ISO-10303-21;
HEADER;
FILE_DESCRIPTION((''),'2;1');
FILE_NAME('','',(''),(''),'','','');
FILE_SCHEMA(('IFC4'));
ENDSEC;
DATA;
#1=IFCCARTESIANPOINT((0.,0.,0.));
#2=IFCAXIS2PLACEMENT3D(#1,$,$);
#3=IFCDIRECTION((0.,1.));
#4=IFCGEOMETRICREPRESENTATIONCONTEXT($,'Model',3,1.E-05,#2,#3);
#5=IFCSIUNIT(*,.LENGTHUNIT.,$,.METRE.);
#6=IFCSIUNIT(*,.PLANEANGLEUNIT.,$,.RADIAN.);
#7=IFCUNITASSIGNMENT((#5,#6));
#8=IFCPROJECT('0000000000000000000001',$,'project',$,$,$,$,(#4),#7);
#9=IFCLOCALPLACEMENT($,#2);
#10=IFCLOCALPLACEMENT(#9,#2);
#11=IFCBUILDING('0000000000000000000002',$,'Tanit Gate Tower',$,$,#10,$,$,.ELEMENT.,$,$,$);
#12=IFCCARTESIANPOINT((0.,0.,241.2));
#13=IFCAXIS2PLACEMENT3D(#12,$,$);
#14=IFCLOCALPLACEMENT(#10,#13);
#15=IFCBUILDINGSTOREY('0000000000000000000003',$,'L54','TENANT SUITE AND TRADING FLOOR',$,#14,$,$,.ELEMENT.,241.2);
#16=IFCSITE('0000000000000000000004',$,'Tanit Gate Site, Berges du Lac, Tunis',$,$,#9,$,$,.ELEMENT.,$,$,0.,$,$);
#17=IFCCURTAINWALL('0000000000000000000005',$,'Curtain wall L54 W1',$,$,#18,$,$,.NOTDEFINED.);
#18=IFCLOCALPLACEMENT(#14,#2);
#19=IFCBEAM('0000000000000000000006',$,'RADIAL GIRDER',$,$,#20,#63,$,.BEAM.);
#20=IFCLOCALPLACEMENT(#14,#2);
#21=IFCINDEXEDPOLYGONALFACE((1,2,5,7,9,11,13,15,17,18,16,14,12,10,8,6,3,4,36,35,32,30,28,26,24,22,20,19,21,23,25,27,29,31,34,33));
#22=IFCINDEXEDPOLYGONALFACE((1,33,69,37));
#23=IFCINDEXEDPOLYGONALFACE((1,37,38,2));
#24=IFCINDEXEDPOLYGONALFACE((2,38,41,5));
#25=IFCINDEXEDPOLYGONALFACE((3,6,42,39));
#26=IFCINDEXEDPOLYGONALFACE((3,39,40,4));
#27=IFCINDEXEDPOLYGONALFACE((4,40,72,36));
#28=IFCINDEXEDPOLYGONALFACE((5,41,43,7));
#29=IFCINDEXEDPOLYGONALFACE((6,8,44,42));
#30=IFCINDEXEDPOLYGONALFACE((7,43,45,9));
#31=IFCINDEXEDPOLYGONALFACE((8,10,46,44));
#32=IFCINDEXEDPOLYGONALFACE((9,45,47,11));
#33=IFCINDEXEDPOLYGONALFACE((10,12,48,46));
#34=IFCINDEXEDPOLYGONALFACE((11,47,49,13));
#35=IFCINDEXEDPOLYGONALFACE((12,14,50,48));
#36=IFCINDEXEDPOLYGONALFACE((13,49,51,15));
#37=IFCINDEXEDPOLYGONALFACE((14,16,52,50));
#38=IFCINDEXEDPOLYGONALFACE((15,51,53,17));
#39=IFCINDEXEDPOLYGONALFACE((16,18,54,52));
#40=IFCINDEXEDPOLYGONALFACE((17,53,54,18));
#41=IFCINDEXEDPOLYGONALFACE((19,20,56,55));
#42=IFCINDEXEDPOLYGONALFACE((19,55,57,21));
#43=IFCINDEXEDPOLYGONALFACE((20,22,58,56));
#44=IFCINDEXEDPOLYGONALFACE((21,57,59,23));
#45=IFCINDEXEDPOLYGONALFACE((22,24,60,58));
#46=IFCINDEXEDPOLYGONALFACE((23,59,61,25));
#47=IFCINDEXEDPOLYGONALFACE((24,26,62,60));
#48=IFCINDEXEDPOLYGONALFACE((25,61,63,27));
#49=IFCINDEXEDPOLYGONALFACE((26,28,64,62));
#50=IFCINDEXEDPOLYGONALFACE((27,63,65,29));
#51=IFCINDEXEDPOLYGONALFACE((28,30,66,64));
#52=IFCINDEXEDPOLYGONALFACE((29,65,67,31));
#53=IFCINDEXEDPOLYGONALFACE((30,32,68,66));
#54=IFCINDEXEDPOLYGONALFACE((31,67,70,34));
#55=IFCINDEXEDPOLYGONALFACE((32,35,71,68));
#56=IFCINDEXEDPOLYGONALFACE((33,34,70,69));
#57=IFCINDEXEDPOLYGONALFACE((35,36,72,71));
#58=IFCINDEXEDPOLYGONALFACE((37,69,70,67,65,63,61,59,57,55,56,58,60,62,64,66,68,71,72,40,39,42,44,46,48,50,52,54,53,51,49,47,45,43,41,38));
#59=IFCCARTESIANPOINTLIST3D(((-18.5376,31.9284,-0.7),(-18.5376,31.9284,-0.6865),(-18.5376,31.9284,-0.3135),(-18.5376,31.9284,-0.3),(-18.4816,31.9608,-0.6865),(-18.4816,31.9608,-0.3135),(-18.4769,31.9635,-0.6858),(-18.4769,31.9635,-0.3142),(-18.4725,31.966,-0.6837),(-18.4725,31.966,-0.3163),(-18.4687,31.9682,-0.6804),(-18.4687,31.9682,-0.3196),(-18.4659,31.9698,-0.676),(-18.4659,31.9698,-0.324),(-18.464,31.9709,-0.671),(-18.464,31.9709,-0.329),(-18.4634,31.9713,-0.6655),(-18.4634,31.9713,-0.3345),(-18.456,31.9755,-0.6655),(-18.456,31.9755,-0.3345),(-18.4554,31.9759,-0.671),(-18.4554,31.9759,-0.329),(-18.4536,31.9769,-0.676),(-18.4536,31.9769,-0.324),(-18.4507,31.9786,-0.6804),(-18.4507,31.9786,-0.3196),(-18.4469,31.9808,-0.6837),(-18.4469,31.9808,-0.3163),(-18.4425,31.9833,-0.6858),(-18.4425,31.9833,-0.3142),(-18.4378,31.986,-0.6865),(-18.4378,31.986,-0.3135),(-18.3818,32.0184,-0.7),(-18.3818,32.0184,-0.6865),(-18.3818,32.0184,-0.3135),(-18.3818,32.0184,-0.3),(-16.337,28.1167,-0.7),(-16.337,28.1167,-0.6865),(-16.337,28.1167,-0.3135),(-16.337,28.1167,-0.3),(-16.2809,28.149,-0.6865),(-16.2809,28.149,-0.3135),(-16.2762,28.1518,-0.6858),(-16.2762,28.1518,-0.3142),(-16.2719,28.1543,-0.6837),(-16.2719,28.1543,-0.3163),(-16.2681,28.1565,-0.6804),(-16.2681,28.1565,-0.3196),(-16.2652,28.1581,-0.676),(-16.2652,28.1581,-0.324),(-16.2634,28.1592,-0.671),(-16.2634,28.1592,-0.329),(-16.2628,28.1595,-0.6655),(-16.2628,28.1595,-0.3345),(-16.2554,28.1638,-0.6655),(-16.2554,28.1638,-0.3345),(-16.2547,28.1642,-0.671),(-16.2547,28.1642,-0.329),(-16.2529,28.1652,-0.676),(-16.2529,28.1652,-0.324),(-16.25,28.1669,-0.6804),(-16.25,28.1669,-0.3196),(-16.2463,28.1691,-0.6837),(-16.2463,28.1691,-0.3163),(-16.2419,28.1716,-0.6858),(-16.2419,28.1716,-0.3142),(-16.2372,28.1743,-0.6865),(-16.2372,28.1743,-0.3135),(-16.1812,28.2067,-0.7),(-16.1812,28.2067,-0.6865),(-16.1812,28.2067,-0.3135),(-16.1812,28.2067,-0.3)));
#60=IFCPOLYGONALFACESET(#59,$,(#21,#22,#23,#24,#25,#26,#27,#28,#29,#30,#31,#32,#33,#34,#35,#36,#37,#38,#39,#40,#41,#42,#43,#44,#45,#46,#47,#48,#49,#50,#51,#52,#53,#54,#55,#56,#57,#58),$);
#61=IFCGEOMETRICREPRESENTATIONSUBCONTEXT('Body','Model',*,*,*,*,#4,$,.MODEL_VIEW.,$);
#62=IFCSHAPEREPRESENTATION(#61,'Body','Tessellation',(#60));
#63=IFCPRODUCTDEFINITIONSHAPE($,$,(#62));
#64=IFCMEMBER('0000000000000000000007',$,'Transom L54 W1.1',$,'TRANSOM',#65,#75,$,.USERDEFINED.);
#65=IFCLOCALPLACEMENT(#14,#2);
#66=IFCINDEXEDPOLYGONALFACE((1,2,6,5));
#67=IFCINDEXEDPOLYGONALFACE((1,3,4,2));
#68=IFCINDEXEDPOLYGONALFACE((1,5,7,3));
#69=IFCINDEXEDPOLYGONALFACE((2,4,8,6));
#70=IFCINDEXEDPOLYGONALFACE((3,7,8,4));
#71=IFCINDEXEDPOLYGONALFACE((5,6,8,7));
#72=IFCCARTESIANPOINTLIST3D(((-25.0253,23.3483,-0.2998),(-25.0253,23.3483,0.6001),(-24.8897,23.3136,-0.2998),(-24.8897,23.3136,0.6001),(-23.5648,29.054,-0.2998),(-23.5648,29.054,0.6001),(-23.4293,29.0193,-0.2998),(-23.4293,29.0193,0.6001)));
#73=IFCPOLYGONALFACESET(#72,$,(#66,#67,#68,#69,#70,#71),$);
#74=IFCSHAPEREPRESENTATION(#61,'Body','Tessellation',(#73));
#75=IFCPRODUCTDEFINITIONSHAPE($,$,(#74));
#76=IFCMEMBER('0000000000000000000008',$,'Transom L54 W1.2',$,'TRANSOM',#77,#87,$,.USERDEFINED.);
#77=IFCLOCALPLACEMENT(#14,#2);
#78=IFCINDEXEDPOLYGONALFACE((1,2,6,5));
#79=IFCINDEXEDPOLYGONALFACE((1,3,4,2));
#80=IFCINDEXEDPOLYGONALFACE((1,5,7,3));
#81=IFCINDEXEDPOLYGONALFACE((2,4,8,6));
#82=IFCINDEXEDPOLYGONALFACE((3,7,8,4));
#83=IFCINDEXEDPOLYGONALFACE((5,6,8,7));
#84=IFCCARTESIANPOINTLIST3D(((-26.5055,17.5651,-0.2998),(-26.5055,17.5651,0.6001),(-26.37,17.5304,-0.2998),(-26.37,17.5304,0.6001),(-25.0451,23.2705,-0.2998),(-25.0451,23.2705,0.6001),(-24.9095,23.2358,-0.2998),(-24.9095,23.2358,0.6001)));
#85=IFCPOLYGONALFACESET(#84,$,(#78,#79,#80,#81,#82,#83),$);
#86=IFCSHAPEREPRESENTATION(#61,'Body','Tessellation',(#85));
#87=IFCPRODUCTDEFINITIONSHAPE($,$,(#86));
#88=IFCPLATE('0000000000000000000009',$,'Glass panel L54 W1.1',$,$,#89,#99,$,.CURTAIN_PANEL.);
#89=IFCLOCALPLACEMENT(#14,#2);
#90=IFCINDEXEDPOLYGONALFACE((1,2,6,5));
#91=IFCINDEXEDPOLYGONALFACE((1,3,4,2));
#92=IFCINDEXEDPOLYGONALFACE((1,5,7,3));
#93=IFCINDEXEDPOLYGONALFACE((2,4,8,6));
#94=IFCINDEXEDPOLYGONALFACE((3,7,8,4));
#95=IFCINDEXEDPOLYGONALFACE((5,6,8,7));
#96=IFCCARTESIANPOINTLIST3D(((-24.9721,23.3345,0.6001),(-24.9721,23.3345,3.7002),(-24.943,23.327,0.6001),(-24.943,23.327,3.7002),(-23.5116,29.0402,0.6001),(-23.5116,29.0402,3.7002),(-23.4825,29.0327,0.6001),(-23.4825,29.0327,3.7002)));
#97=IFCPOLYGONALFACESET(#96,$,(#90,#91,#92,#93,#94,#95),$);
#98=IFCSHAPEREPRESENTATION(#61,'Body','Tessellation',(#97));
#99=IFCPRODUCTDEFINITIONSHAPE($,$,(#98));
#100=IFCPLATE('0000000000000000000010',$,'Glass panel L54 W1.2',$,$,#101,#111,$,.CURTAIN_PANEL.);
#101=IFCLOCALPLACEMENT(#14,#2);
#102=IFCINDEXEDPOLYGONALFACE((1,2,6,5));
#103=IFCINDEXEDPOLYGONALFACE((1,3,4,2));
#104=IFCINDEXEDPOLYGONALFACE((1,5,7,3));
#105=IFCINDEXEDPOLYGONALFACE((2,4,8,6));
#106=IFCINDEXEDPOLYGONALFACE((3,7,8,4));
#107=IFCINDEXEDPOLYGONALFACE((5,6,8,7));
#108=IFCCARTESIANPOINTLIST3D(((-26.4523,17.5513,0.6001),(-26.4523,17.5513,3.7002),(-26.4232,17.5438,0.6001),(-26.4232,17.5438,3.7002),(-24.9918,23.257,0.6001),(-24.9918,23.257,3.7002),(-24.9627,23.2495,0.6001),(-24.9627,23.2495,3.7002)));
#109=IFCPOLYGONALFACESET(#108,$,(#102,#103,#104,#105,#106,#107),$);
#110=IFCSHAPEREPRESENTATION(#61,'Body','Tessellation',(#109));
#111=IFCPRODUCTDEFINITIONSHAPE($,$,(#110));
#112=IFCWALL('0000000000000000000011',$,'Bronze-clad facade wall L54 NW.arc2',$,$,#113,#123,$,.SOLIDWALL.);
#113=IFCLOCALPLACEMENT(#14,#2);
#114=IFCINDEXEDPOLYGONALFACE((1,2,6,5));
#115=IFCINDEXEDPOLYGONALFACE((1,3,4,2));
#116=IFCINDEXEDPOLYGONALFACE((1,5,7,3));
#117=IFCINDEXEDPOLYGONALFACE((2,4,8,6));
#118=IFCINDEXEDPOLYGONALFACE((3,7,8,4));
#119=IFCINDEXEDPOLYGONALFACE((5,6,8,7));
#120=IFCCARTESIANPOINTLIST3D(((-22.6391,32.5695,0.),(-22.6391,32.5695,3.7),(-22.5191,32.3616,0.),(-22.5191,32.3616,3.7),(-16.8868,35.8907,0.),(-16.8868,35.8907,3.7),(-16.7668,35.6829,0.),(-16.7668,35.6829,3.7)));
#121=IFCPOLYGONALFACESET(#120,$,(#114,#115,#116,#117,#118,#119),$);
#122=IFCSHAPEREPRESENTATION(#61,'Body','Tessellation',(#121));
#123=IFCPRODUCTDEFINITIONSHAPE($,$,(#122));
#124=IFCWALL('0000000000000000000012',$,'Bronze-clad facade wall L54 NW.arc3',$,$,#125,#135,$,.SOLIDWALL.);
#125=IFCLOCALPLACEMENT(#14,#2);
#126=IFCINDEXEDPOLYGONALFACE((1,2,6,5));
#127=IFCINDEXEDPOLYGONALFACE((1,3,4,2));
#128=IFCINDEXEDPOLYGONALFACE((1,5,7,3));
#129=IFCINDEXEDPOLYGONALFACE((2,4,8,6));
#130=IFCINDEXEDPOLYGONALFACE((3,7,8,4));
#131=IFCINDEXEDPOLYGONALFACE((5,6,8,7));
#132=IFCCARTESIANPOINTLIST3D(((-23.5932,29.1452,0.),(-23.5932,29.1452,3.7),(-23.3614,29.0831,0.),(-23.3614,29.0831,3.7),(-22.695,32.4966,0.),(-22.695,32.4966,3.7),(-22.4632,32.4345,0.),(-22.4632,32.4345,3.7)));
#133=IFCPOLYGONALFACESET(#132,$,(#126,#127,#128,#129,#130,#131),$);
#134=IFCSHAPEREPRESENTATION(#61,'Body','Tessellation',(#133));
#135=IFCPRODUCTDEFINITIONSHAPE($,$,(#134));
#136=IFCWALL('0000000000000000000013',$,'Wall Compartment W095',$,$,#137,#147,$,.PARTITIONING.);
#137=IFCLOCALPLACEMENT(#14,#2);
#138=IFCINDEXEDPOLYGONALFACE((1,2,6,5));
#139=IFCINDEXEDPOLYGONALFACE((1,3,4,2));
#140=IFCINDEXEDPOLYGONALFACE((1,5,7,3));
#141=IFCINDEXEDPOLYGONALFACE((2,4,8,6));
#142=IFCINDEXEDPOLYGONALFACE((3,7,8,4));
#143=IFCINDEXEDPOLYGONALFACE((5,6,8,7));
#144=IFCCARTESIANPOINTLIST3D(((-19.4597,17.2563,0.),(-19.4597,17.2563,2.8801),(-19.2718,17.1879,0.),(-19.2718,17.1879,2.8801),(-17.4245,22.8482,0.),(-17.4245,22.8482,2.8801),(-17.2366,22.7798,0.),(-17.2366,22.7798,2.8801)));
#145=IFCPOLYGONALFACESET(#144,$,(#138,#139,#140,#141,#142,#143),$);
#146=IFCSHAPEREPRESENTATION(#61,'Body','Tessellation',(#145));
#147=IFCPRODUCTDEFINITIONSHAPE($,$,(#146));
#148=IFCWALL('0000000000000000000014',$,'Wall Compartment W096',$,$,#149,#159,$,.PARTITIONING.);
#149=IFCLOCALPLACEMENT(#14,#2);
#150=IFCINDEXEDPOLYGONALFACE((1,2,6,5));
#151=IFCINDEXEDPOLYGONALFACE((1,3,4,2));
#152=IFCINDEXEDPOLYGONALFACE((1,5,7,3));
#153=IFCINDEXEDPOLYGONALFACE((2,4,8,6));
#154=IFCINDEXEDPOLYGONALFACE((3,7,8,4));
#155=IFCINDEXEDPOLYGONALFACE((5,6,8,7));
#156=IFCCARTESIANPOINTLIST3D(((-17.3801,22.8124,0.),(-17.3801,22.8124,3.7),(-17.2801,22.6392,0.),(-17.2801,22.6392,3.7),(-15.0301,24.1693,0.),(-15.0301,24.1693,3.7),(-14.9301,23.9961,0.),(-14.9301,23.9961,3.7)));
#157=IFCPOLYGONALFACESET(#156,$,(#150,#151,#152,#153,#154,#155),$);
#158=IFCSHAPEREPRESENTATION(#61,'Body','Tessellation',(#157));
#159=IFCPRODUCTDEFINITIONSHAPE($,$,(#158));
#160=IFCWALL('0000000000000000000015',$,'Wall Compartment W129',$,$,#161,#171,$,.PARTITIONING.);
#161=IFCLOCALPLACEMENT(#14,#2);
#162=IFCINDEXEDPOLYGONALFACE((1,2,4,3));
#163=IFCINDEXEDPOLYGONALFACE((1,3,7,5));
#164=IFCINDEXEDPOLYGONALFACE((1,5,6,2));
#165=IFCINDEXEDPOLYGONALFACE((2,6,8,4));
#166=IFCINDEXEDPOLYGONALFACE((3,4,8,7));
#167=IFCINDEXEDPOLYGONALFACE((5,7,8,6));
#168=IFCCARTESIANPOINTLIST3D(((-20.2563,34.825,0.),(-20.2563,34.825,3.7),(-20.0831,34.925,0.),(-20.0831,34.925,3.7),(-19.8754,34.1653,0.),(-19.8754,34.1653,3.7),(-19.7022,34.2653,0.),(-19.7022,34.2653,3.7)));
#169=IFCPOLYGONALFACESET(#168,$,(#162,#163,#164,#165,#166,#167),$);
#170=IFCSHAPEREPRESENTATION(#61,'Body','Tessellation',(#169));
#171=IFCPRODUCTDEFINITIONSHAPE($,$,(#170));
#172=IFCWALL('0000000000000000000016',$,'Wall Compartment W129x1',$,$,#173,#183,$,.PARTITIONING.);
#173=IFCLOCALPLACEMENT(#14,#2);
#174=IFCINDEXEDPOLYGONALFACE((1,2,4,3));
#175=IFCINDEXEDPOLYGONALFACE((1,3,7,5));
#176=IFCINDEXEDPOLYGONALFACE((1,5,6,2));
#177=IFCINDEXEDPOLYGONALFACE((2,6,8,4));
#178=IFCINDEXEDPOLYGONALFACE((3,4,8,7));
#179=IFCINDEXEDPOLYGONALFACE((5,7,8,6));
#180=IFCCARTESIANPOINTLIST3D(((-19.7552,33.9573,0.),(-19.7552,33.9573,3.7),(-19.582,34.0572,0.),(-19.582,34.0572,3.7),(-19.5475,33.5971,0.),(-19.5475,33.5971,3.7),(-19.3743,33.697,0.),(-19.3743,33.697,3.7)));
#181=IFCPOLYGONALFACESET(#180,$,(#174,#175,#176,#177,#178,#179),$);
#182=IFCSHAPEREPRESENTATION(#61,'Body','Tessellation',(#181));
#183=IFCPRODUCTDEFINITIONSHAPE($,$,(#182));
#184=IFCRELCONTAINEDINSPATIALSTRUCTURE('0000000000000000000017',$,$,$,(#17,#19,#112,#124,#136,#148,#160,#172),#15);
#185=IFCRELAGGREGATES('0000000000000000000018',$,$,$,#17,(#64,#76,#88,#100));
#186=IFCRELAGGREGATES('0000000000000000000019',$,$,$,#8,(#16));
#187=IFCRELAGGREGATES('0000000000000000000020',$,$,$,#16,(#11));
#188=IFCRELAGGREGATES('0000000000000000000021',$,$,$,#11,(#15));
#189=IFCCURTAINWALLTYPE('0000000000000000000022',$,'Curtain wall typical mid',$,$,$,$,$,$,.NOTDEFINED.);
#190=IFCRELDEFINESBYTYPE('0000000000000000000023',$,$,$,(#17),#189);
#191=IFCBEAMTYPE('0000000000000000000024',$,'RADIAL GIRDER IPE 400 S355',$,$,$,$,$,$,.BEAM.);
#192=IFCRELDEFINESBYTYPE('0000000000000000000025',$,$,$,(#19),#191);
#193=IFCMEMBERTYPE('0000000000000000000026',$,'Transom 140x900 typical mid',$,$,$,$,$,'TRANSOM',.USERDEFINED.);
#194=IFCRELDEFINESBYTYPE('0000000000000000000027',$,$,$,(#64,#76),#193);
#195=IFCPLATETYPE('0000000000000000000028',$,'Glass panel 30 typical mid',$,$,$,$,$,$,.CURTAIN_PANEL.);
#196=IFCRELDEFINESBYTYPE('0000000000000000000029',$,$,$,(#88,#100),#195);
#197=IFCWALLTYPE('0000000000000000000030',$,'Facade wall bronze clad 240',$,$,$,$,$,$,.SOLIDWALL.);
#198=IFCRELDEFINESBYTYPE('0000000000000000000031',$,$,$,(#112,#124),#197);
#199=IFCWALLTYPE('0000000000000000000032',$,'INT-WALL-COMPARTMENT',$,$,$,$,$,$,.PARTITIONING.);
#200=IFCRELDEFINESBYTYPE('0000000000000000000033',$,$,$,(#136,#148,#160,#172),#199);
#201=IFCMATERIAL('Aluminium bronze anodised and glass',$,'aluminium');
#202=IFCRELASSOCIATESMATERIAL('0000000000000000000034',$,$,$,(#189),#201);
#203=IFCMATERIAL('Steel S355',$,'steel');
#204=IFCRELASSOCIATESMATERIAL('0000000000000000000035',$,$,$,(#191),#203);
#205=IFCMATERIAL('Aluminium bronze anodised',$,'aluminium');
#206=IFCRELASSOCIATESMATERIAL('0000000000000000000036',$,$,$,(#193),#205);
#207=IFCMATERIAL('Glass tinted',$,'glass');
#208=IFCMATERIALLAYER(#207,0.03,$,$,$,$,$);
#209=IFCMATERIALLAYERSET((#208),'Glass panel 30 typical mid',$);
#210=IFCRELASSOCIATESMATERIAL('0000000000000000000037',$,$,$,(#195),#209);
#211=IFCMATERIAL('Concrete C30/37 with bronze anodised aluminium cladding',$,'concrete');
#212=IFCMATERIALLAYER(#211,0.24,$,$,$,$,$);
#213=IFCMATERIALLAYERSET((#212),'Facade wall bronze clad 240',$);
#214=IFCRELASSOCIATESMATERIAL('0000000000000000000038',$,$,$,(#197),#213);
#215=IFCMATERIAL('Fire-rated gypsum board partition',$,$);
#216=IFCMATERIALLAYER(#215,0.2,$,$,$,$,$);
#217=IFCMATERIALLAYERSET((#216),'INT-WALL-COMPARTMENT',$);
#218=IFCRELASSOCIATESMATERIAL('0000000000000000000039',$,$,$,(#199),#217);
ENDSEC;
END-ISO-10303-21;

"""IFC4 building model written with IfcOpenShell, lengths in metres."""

from ifc_helpers import new_model, si_unit, direction, frame, frame_2d, origin, origin_2d, place, context, subcontext, project, spatial, rectangle, i_section, extrude, material, layer, layer_set, material_profile, profile_set, type_object, element, aggregate, save


model = new_model("IFC4")

# Units and contexts
model_context = context("Model", 3, precision=1e-05, world=origin(), true_north=direction((0.0, 1.0)))
body_context = subcontext(model_context, "Body", "Model", "MODEL_VIEW")
ifc_project = project(units=[si_unit("LENGTHUNIT", "METRE"), si_unit("PLANEANGLEUNIT", "RADIAN")], contexts=[model_context])

# Site, building, storey
site_placement = place(None, origin())
site = spatial("IfcSite", under=ifc_project, at=site_placement, Name="Tanit Gate Site, Berges du Lac, Tunis", CompositionType="ELEMENT", RefElevation=0.0)
building_placement = place(site_placement, origin())
building = spatial("IfcBuilding", under=site, at=building_placement, Name="Tanit Gate Tower", CompositionType="ELEMENT")
storey_placement = place(building_placement, frame((0.0, 0.0, 241.2)))
storey = spatial("IfcBuildingStorey", under=building, at=storey_placement, Name="L54", Description="TENANT SUITE AND TRADING FLOOR", CompositionType="ELEMENT", Elevation=241.2)

# Curtain wall
ifc_material_1 = material(Name="Aluminium bronze anodised and glass", Category="aluminium")
curtain_wall_type = type_object("IfcCurtainWallType", Name="Curtain wall typical mid", PredefinedType="NOTDEFINED", material=ifc_material_1)
curtain_wall_placement = place(storey_placement, origin())
curtain_wall = element("IfcCurtainWall", 1, at=curtain_wall_placement, inside=storey, type_object=curtain_wall_type, Name="Curtain wall L54 W1", PredefinedType="NOTDEFINED")

# Beam
ifc_material_2 = material(Name="Steel S355", Category="steel")
ifc_material_profile_1 = material_profile(ifc_material_2, i_section(OverallWidth=0.1799, OverallDepth=0.3999, WebThickness=0.0085, FlangeThickness=0.0134, FilletRadius=0.021, at=origin_2d()), Name="IPE 400")
ifc_profile_set_1 = profile_set([ifc_material_profile_1], Name="Steel S355")
beam_type_1 = type_object("IfcBeamType", Name="RADIAL GIRDER IPE 400 S355", PredefinedType="BEAM", material=ifc_profile_set_1)
beam_1_placement = place(storey_placement, frame((-18.4597, 31.9734, -0.5), z_axis=(0.499993, -0.866029, 0.0), x_axis=(0.866029, 0.499993, 0.0)))
element("IfcBeam", 2, at=beam_1_placement, inside=storey, type_object=beam_type_1, Name="RADIAL GIRDER", PredefinedType="BEAM", context=body_context, shape_type="SweptSolid", body=[
    extrude(i_section(OverallWidth=0.1799, OverallDepth=0.3999, WebThickness=0.0085, FlangeThickness=0.0134, FilletRadius=0.021, at=origin_2d()), origin(), (0.0, 0.0, 1.0), 4.4014),
])

# Members
ifc_material_3 = material(Name="Aluminium bronze anodised", Category="aluminium")
ifc_material_profile_2 = material_profile(ifc_material_3, rectangle(XDim=0.1399, YDim=0.8999, at=origin_2d()), Name="140x900 bronze transom")
ifc_profile_set_2 = profile_set([ifc_material_profile_2], Name="Aluminium bronze anodised")
member_type_1 = type_object("IfcMemberType", Name="Transom 140x900 typical mid", ElementType="TRANSOM", PredefinedType="USERDEFINED", material=ifc_profile_set_2)
member_1_placement = place(storey_placement, frame((-23.4971, 29.0366, 0.1501), z_axis=(-0.247964, -0.968769, 0.0), x_axis=(0.968769, -0.247964, 0.0)))
member_1 = element("IfcMember", 3, at=member_1_placement, type_object=member_type_1, Name="Transom L54 W1.1", ObjectType="TRANSOM", PredefinedType="USERDEFINED", context=body_context, shape_type="SweptSolid", body=[
    extrude(rectangle(XDim=0.1399, YDim=0.8999, at=origin_2d()), origin(), (0.0, 0.0, 1.0), 5.8896),
])
member_2_placement = place(storey_placement, frame((-24.9773, 23.2532, 0.1501), z_axis=(-0.247974, -0.968767, 0.0), x_axis=(0.968767, -0.247974, 0.0)))
member_2 = element("IfcMember", 4, at=member_2_placement, type_object=member_type_1, Name="Transom L54 W1.2", ObjectType="TRANSOM", PredefinedType="USERDEFINED", context=body_context, shape_type="SweptSolid", body=[
    extrude(rectangle(XDim=0.1399, YDim=0.8999, at=origin_2d()), origin(), (0.0, 0.0, 1.0), 5.8894),
])

# Plates
ifc_material_4 = material(Name="Glass tinted", Category="glass")
ifc_layer_1 = layer(ifc_material_4, 0.03)
ifc_layer_set_1 = layer_set([ifc_layer_1], Name="Glass panel 30 typical mid")
plate_type = type_object("IfcPlateType", Name="Glass panel 30 typical mid", PredefinedType="CURTAIN_PANEL", material=ifc_layer_set_1)
plate_1_placement = place(storey_placement, frame((-24.2273, 26.1836, 0.6001), z_axis=(0.0, 0.0, 1.0), x_axis=(-0.247974, -0.968767, 0.0)))
plate_1 = element("IfcPlate", 5, at=plate_1_placement, type_object=plate_type, Name="Glass panel L54 W1.1", PredefinedType="CURTAIN_PANEL", context=body_context, shape_type="SweptSolid", body=[
    extrude(rectangle(XDim=5.8896, YDim=0.03, at=origin_2d()), origin(), (0.0, 0.0, 1.0), 3.1001),
])
plate_2_placement = place(storey_placement, frame((-25.7075, 20.4004, 0.6001), z_axis=(0.0, 0.0, 1.0), x_axis=(-0.247974, -0.968767, 0.0)))
plate_2 = element("IfcPlate", 6, at=plate_2_placement, type_object=plate_type, Name="Glass panel L54 W1.2", PredefinedType="CURTAIN_PANEL", context=body_context, shape_type="SweptSolid", body=[
    extrude(rectangle(XDim=5.8896, YDim=0.03, at=origin_2d()), origin(), (0.0, 0.0, 1.0), 3.1001),
])
aggregate(curtain_wall, [member_1, member_2, plate_1, plate_2])

# Walls
ifc_material_5 = material(Name="Concrete C30/37 with bronze anodised aluminium cladding", Category="concrete")
ifc_layer_2 = layer(ifc_material_5, 0.24)
ifc_layer_set_2 = layer_set([ifc_layer_2], Name="Facade wall bronze clad 240")
wall_type_1 = type_object("IfcWallType", Name="Facade wall bronze clad 240", PredefinedType="SOLIDWALL", material=ifc_layer_set_2)
wall_1_placement = place(storey_placement, frame((-16.8267, 35.7869, 0.0), z_axis=(0.0, 0.0, 1.0), x_axis=(-0.866018, -0.500013, 0.0)))
element("IfcWall", 7, at=wall_1_placement, inside=storey, type_object=wall_type_1, Name="Bronze-clad facade wall L54 NW.arc2", PredefinedType="SOLIDWALL", context=body_context, shape_type="SweptSolid", body=[
    extrude(rectangle(XDim=6.6423, YDim=0.24, at=frame_2d((3.3213, 0.0))), origin(), (0.0, 0.0, 1.0), 3.7),
])
wall_2_placement = place(storey_placement, frame((-22.5791, 32.4656, 0.0), z_axis=(0.0, 0.0, 1.0), x_axis=(-0.258858, -0.965915, 0.0)))
element("IfcWall", 8, at=wall_2_placement, inside=storey, type_object=wall_type_1, Name="Bronze-clad facade wall L54 NW.arc3", PredefinedType="SOLIDWALL", context=body_context, shape_type="SweptSolid", body=[
    extrude(rectangle(XDim=3.4697, YDim=0.24, at=frame_2d((1.7349, 0.0))), origin(), (0.0, 0.0, 1.0), 3.7),
])
ifc_material_6 = material(Name="Fire-rated gypsum board partition")
ifc_layer_3 = layer(ifc_material_6, 0.2)
ifc_layer_set_3 = layer_set([ifc_layer_3], Name="INT-WALL-COMPARTMENT")
wall_type_2 = type_object("IfcWallType", Name="INT-WALL-COMPARTMENT", PredefinedType="PARTITIONING", material=ifc_layer_set_3)
wall_3_placement = place(storey_placement, frame((-17.3306, 22.814, 0.0), z_axis=(0.0, 0.0, 1.0), x_axis=(-0.342007, -0.939698, 0.0)))
element("IfcWall", 9, at=wall_3_placement, inside=storey, type_object=wall_type_2, Name="Wall Compartment W095", PredefinedType="PARTITIONING", context=body_context, shape_type="SweptSolid", body=[
    extrude(rectangle(XDim=5.9507, YDim=0.2, at=frame_2d((2.9753, 0.0))), origin(), (0.0, 0.0, 1.0), 2.8801),
])
wall_4_placement = place(storey_placement, frame((-14.98, 24.0828, 0.0), z_axis=(0.0, 0.0, 1.0), x_axis=(-0.866009, -0.500029, 0.0)))
element("IfcWall", 10, at=wall_4_placement, inside=storey, type_object=wall_type_2, Name="Wall Compartment W096", PredefinedType="PARTITIONING", context=body_context, shape_type="SweptSolid", body=[
    extrude(rectangle(XDim=2.7136, YDim=0.2, at=frame_2d((1.3569, 0.0))), origin(), (0.0, 0.0, 1.0), 3.7),
])
wall_5_placement = place(storey_placement, frame((-20.1697, 34.875, 0.0), z_axis=(0.0, 0.0, 1.0), x_axis=(0.5, -0.866025, 0.0)))
element("IfcWall", 11, at=wall_5_placement, inside=storey, type_object=wall_type_2, Name="Wall Compartment W129", PredefinedType="PARTITIONING", context=body_context, shape_type="SweptSolid", body=[
    extrude(rectangle(XDim=0.7617, YDim=0.2, at=frame_2d((0.3809, 0.0))), origin(), (0.0, 0.0, 1.0), 3.7),
])
wall_6_placement = place(storey_placement, frame((-19.6687, 34.0073, 0.0), z_axis=(0.0, 0.0, 1.0), x_axis=(0.499739, -0.866176, 0.0)))
element("IfcWall", 12, at=wall_6_placement, inside=storey, type_object=wall_type_2, Name="Wall Compartment W129x1", PredefinedType="PARTITIONING", context=body_context, shape_type="SweptSolid", body=[
    extrude(rectangle(XDim=0.4158, YDim=0.2, at=frame_2d((0.208, 0.0))), origin(), (0.0, 0.0, 1.0), 3.7),
])

save(model, "model.ifc")
